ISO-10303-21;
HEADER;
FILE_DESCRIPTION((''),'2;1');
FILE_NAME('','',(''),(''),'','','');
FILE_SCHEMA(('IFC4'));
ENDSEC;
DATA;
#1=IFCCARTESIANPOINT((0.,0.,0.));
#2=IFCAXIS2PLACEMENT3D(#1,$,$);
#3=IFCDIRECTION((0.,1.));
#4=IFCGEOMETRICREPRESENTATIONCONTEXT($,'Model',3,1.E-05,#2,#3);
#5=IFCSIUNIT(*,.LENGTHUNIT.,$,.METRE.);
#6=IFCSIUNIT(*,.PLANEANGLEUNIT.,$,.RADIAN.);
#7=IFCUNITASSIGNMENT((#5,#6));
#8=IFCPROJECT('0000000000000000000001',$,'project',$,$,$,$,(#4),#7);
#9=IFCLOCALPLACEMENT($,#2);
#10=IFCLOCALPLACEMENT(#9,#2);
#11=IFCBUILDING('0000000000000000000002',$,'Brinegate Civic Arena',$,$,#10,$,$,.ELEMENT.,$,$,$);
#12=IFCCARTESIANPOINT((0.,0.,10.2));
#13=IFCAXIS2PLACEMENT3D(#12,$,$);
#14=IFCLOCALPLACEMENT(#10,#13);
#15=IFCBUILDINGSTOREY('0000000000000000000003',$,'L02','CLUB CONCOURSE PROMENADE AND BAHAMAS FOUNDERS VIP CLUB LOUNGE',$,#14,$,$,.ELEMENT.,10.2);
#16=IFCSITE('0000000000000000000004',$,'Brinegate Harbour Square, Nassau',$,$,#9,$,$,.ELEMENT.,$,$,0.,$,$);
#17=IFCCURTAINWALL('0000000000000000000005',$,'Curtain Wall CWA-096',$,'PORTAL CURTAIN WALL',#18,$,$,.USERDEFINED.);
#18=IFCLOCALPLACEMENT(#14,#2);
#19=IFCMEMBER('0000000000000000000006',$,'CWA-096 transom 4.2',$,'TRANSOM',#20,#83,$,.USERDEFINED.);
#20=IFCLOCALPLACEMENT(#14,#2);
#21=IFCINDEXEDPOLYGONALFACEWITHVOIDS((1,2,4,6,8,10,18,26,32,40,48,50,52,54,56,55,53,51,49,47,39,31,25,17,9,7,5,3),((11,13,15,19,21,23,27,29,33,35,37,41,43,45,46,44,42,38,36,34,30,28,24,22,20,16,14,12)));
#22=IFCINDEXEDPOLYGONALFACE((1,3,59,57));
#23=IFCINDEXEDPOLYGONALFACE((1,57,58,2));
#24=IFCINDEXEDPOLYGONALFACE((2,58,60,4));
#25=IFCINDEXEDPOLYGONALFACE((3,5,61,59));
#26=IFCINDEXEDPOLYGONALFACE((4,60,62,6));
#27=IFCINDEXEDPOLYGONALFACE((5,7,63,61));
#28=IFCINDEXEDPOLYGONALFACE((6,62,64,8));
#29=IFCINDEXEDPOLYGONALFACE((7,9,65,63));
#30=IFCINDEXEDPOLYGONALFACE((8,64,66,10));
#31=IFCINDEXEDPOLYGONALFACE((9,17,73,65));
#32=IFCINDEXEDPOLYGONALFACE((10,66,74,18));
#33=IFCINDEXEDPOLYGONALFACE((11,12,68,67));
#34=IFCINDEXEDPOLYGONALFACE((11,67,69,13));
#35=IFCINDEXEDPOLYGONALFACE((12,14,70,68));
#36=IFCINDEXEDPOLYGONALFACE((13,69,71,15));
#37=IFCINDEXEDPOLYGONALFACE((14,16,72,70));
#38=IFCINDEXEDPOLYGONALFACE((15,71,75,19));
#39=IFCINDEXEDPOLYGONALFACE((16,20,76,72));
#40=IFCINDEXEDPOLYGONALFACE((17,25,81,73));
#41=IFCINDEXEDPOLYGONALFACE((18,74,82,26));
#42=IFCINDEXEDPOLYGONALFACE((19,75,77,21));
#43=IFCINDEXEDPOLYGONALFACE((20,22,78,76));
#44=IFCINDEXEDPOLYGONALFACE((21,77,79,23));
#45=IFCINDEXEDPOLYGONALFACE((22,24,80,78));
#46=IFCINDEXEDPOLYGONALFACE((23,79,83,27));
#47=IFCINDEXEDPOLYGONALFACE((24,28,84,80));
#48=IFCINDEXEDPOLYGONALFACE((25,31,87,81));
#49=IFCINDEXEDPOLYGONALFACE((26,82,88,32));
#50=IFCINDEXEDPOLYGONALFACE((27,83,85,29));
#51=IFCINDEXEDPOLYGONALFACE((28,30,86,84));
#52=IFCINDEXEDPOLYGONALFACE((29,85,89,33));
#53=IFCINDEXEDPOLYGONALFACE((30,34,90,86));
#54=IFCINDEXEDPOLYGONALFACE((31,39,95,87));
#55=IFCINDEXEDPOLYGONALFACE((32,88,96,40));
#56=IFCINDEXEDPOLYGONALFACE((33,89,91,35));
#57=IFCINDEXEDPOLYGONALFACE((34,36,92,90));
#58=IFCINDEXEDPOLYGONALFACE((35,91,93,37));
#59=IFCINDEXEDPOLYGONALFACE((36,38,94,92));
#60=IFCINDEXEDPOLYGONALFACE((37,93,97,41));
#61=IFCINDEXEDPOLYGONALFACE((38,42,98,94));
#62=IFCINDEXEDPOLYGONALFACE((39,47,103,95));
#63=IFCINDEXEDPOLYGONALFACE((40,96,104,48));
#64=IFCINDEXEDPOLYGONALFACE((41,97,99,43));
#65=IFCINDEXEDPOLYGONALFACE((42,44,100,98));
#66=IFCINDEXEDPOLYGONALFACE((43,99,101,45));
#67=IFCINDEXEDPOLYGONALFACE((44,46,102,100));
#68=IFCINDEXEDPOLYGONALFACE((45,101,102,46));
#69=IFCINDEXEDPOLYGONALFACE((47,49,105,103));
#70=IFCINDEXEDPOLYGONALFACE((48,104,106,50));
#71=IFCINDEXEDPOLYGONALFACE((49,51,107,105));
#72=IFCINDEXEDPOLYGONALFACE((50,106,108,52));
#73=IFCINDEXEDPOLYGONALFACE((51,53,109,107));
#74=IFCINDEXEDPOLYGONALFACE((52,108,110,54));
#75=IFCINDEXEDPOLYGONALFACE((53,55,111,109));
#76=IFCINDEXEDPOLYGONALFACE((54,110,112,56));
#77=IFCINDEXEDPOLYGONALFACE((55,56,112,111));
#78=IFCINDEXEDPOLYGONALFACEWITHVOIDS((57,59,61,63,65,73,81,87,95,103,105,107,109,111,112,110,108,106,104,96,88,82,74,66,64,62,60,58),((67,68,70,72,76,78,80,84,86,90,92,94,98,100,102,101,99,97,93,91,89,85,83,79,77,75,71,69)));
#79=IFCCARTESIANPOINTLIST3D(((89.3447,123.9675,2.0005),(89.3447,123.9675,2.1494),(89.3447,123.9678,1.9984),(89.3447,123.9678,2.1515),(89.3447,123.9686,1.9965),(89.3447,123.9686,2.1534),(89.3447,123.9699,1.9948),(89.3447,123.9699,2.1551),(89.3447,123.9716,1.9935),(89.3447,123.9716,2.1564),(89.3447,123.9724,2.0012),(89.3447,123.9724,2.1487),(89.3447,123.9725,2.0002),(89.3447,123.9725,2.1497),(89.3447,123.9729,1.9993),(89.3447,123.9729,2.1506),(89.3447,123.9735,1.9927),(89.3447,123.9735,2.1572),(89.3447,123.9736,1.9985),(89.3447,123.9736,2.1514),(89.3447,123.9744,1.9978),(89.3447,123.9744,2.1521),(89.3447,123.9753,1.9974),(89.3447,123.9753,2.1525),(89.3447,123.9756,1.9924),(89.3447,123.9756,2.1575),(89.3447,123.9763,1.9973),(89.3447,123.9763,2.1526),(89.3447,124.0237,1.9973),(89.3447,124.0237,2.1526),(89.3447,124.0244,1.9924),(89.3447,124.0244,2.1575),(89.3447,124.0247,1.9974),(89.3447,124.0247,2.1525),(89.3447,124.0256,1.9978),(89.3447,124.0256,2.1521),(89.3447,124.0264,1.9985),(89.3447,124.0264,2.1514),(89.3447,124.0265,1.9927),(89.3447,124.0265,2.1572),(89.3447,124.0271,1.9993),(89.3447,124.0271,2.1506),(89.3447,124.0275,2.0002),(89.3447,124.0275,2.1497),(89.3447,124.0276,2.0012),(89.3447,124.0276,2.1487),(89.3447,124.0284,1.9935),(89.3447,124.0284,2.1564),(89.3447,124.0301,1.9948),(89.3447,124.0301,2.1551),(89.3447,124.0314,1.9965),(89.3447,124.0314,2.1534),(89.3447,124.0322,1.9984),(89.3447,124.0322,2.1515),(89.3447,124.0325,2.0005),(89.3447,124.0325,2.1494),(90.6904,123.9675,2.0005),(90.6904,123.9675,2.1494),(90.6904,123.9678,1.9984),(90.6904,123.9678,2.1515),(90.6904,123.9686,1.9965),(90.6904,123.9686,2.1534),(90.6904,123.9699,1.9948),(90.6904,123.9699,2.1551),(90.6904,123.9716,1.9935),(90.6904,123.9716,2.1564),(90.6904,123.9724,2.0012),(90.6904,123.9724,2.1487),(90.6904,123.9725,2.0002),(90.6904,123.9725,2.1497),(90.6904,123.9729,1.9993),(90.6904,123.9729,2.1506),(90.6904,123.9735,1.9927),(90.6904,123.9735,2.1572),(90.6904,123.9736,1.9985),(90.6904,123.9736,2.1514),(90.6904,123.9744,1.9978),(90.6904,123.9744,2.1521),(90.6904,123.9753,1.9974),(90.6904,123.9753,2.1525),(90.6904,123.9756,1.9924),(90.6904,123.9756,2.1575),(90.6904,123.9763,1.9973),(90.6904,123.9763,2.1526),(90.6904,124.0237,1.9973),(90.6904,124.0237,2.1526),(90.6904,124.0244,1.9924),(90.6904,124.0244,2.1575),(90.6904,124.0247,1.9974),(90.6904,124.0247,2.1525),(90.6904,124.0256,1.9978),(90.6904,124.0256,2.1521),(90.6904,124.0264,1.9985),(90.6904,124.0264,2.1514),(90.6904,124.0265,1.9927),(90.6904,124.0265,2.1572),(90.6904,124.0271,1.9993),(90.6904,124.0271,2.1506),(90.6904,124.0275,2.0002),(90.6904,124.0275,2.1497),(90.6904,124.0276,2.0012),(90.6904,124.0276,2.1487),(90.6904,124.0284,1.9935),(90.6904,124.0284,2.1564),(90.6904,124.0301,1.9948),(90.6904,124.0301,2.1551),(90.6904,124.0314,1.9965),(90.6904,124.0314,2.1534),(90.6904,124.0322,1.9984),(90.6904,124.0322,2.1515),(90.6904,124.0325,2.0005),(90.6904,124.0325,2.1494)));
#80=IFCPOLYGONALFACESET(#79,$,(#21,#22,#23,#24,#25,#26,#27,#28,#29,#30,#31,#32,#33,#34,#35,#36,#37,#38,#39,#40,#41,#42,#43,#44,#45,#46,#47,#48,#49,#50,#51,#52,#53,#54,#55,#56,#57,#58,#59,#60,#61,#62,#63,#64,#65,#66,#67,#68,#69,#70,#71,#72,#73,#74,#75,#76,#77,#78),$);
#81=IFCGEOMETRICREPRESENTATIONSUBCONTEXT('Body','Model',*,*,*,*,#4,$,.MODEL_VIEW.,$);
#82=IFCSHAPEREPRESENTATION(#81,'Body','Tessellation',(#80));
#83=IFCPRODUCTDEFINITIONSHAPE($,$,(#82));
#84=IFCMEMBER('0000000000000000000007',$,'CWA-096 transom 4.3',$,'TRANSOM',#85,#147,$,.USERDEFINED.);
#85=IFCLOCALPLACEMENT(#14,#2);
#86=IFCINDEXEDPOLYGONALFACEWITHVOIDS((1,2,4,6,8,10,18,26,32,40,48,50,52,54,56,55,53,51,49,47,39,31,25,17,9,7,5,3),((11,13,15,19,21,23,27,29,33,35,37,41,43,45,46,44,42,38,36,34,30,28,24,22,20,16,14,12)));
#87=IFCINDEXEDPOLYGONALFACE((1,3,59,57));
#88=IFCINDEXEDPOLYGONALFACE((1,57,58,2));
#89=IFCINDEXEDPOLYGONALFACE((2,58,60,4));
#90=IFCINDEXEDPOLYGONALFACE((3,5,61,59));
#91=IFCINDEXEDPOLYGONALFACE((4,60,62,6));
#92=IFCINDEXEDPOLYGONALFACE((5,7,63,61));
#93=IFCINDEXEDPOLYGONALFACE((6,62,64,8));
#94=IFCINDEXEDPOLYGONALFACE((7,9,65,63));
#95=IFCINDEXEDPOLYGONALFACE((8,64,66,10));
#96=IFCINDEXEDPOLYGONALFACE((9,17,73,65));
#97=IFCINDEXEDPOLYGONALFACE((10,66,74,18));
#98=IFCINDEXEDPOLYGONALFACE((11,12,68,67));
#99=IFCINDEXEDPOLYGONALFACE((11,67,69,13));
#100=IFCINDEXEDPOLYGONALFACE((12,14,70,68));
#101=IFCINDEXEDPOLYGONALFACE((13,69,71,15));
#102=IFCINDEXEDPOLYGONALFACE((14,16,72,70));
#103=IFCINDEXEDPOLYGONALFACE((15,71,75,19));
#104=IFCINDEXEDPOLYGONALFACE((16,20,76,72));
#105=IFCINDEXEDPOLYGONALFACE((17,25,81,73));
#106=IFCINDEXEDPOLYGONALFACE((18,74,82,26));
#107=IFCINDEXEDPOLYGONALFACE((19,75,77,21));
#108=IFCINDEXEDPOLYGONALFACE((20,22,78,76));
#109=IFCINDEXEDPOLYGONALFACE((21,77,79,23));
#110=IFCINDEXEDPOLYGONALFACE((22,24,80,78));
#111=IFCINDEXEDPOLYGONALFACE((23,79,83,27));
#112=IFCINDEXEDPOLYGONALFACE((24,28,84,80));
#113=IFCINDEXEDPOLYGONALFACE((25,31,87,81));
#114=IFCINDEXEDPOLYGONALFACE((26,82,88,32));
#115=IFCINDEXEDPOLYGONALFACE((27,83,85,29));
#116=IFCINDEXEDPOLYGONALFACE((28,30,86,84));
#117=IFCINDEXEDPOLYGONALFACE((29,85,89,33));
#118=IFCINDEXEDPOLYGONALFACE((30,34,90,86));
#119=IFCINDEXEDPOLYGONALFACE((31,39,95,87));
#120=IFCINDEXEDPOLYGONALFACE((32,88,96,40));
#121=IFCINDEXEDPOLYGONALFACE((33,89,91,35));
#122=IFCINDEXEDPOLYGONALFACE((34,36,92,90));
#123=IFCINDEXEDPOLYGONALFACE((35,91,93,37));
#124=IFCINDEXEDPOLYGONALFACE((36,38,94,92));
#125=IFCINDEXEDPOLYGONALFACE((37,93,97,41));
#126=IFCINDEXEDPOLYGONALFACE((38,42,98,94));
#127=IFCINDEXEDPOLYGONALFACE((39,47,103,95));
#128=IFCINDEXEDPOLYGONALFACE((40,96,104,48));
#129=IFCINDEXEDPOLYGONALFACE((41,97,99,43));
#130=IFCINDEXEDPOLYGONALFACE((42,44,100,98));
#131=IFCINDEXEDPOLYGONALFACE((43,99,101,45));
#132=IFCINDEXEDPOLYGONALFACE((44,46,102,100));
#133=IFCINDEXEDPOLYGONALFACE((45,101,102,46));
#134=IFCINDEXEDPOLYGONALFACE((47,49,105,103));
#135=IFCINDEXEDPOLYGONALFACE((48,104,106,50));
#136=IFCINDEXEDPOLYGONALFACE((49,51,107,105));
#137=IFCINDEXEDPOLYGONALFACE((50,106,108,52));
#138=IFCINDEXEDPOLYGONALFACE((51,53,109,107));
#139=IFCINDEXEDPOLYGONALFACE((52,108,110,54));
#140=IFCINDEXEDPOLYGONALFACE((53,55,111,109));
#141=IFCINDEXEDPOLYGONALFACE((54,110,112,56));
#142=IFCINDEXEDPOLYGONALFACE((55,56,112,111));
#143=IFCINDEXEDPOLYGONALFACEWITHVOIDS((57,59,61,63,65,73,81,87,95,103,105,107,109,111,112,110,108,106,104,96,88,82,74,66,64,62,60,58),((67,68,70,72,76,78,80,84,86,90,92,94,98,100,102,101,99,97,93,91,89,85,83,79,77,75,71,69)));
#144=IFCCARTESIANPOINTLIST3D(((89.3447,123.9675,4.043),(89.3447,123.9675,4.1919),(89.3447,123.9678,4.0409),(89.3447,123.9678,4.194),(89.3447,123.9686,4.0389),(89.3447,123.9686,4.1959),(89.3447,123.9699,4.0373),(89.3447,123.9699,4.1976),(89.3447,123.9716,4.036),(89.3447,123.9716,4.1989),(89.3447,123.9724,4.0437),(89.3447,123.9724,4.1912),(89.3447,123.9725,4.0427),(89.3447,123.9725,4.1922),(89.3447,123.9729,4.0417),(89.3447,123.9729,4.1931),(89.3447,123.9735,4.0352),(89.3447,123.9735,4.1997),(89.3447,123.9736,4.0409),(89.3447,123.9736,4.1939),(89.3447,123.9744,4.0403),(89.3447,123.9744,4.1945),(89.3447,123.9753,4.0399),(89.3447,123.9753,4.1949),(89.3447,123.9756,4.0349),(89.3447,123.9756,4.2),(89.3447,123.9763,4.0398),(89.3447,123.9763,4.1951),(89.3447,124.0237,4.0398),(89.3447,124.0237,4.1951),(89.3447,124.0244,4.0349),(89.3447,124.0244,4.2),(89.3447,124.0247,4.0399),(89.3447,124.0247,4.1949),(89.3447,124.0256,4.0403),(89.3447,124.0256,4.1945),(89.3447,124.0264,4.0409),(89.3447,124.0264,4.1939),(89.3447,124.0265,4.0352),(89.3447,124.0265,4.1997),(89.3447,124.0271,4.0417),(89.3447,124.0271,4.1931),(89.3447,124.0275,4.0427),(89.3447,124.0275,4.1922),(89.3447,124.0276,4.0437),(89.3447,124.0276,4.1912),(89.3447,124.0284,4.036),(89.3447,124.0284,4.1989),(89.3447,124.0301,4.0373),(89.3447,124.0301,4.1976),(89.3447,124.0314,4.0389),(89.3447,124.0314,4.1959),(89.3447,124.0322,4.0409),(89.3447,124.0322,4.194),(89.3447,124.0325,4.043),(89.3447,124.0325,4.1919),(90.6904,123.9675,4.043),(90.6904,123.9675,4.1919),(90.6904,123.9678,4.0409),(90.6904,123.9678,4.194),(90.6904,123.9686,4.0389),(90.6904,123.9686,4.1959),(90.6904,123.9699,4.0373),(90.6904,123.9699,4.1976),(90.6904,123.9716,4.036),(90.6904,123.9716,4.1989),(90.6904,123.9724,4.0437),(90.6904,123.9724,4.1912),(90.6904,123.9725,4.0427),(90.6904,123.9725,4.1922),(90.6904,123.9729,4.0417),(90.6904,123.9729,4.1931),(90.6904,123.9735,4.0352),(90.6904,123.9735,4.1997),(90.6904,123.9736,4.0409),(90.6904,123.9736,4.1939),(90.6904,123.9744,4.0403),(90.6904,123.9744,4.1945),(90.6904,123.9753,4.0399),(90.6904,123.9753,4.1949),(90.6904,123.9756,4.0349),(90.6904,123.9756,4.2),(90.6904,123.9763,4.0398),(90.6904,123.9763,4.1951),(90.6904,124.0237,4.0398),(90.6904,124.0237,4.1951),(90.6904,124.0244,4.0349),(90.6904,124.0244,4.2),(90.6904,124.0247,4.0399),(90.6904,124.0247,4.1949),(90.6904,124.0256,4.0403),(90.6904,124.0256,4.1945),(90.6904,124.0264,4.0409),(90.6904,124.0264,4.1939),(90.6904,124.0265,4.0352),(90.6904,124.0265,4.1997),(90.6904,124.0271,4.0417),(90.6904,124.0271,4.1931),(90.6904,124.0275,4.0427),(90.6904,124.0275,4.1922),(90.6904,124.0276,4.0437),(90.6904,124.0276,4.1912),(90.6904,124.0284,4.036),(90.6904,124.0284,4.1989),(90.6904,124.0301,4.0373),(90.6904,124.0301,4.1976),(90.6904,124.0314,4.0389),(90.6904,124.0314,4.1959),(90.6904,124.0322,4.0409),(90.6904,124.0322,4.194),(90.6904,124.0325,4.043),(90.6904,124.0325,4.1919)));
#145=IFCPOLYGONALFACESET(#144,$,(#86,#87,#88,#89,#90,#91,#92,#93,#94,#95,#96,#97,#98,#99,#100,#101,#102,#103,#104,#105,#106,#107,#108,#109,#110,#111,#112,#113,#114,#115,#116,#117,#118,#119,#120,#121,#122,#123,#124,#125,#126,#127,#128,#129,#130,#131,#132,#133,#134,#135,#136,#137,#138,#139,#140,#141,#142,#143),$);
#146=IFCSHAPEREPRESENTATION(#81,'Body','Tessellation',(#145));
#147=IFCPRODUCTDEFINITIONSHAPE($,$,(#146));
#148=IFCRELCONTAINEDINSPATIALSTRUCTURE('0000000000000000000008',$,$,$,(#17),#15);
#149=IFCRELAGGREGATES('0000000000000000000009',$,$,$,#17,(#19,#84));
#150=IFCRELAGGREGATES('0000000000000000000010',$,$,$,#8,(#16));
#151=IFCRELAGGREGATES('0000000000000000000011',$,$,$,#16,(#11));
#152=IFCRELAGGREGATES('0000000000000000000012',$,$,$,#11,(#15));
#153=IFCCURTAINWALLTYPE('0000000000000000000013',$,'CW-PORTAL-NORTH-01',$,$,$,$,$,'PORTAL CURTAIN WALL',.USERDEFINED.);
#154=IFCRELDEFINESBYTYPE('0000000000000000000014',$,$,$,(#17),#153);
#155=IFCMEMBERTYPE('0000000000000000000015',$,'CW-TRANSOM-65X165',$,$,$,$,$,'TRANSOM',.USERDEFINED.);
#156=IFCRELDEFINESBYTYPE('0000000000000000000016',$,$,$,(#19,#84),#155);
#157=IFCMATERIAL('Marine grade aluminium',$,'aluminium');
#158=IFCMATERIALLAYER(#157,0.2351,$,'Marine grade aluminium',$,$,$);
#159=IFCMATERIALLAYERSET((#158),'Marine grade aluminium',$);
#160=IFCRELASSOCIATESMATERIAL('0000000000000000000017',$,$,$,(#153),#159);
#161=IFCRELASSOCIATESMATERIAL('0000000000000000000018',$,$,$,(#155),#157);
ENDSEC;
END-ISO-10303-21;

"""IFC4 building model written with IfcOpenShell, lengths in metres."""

from ifc_helpers import new_model, si_unit, direction, frame, origin, origin_2d, place, context, subcontext, project, spatial, hollow_rectangle, extrude, material, layer, layer_set, material_profile, profile_set, type_object, element, aggregate, save


model = new_model("IFC4")

# Units and contexts
model_context = context("Model", 3, precision=1e-05, world=origin(), true_north=direction((0.0, 1.0)))
body_context = subcontext(model_context, "Body", "Model", "MODEL_VIEW")
ifc_project = project(units=[si_unit("LENGTHUNIT", "METRE"), si_unit("PLANEANGLEUNIT", "RADIAN")], contexts=[model_context])

# Site, building, storey
site_placement = place(None, origin())
site = spatial("IfcSite", under=ifc_project, at=site_placement, Name="Brinegate Harbour Square, Nassau", CompositionType="ELEMENT", RefElevation=0.0)
building_placement = place(site_placement, origin())
building = spatial("IfcBuilding", under=site, at=building_placement, Name="Brinegate Civic Arena", CompositionType="ELEMENT")
storey_placement = place(building_placement, frame((0.0, 0.0, 10.2)))
storey = spatial("IfcBuildingStorey", under=building, at=storey_placement, Name="L02", Description="CLUB CONCOURSE PROMENADE AND BAHAMAS FOUNDERS VIP CLUB LOUNGE", CompositionType="ELEMENT", Elevation=10.2)

# Curtain wall, members
ifc_material_1 = material(Name="Marine grade aluminium", Category="aluminium")
ifc_layer_1 = layer(ifc_material_1, 0.2351, Name="Marine grade aluminium")
ifc_layer_set_1 = layer_set([ifc_layer_1], Name="Marine grade aluminium")
curtain_wall_type = type_object("IfcCurtainWallType", Name="CW-PORTAL-NORTH-01", ElementType="PORTAL CURTAIN WALL", PredefinedType="USERDEFINED", material=ifc_layer_set_1)
curtain_wall_placement = place(storey_placement, origin())
curtain_wall = element("IfcCurtainWall", 1, at=curtain_wall_placement, inside=storey, type_object=curtain_wall_type, Name="Curtain Wall CWA-096", ObjectType="PORTAL CURTAIN WALL", PredefinedType="USERDEFINED")
ifc_material_profile_1 = material_profile(ifc_material_1, hollow_rectangle(XDim=0.0649, YDim=0.165, WallThickness=0.0049, InnerFilletRadius=0.0039, OuterFilletRadius=0.0081, at=origin_2d()), Name="TRN65X165")
ifc_profile_set_1 = profile_set([ifc_material_profile_1], Name="Marine grade aluminium")
member_type_1 = type_object("IfcMemberType", Name="CW-TRANSOM-65X165", ElementType="TRANSOM", PredefinedType="USERDEFINED", material=ifc_profile_set_1)
member_1_placement = place(storey_placement, frame((89.3447, 124.0, 2.075), z_axis=(1.0, 0.0, 0.0), x_axis=(0.0, 1.0, 0.0)))
member_1 = element("IfcMember", 2, at=member_1_placement, type_object=member_type_1, Name="CWA-096 transom 4.2", ObjectType="TRANSOM", PredefinedType="USERDEFINED", context=body_context, shape_type="SweptSolid", body=[
    extrude(hollow_rectangle(XDim=0.0649, YDim=0.165, WallThickness=0.0049, InnerFilletRadius=0.0039, OuterFilletRadius=0.0081, at=origin_2d()), origin(), (0.0, 0.0, 1.0), 1.3457),
])
member_2_placement = place(storey_placement, frame((89.3447, 124.0, 4.1174), z_axis=(1.0, 0.0, 0.0), x_axis=(0.0, 1.0, 0.0)))
member_2 = element("IfcMember", 3, at=member_2_placement, type_object=member_type_1, Name="CWA-096 transom 4.3", ObjectType="TRANSOM", PredefinedType="USERDEFINED", context=body_context, shape_type="SweptSolid", body=[
    extrude(hollow_rectangle(XDim=0.0649, YDim=0.165, WallThickness=0.0049, InnerFilletRadius=0.0039, OuterFilletRadius=0.0081, at=origin_2d()), origin(), (0.0, 0.0, 1.0), 1.3457),
])

aggregate(curtain_wall, [member_1, member_2])

save(model, "model.ifc")
